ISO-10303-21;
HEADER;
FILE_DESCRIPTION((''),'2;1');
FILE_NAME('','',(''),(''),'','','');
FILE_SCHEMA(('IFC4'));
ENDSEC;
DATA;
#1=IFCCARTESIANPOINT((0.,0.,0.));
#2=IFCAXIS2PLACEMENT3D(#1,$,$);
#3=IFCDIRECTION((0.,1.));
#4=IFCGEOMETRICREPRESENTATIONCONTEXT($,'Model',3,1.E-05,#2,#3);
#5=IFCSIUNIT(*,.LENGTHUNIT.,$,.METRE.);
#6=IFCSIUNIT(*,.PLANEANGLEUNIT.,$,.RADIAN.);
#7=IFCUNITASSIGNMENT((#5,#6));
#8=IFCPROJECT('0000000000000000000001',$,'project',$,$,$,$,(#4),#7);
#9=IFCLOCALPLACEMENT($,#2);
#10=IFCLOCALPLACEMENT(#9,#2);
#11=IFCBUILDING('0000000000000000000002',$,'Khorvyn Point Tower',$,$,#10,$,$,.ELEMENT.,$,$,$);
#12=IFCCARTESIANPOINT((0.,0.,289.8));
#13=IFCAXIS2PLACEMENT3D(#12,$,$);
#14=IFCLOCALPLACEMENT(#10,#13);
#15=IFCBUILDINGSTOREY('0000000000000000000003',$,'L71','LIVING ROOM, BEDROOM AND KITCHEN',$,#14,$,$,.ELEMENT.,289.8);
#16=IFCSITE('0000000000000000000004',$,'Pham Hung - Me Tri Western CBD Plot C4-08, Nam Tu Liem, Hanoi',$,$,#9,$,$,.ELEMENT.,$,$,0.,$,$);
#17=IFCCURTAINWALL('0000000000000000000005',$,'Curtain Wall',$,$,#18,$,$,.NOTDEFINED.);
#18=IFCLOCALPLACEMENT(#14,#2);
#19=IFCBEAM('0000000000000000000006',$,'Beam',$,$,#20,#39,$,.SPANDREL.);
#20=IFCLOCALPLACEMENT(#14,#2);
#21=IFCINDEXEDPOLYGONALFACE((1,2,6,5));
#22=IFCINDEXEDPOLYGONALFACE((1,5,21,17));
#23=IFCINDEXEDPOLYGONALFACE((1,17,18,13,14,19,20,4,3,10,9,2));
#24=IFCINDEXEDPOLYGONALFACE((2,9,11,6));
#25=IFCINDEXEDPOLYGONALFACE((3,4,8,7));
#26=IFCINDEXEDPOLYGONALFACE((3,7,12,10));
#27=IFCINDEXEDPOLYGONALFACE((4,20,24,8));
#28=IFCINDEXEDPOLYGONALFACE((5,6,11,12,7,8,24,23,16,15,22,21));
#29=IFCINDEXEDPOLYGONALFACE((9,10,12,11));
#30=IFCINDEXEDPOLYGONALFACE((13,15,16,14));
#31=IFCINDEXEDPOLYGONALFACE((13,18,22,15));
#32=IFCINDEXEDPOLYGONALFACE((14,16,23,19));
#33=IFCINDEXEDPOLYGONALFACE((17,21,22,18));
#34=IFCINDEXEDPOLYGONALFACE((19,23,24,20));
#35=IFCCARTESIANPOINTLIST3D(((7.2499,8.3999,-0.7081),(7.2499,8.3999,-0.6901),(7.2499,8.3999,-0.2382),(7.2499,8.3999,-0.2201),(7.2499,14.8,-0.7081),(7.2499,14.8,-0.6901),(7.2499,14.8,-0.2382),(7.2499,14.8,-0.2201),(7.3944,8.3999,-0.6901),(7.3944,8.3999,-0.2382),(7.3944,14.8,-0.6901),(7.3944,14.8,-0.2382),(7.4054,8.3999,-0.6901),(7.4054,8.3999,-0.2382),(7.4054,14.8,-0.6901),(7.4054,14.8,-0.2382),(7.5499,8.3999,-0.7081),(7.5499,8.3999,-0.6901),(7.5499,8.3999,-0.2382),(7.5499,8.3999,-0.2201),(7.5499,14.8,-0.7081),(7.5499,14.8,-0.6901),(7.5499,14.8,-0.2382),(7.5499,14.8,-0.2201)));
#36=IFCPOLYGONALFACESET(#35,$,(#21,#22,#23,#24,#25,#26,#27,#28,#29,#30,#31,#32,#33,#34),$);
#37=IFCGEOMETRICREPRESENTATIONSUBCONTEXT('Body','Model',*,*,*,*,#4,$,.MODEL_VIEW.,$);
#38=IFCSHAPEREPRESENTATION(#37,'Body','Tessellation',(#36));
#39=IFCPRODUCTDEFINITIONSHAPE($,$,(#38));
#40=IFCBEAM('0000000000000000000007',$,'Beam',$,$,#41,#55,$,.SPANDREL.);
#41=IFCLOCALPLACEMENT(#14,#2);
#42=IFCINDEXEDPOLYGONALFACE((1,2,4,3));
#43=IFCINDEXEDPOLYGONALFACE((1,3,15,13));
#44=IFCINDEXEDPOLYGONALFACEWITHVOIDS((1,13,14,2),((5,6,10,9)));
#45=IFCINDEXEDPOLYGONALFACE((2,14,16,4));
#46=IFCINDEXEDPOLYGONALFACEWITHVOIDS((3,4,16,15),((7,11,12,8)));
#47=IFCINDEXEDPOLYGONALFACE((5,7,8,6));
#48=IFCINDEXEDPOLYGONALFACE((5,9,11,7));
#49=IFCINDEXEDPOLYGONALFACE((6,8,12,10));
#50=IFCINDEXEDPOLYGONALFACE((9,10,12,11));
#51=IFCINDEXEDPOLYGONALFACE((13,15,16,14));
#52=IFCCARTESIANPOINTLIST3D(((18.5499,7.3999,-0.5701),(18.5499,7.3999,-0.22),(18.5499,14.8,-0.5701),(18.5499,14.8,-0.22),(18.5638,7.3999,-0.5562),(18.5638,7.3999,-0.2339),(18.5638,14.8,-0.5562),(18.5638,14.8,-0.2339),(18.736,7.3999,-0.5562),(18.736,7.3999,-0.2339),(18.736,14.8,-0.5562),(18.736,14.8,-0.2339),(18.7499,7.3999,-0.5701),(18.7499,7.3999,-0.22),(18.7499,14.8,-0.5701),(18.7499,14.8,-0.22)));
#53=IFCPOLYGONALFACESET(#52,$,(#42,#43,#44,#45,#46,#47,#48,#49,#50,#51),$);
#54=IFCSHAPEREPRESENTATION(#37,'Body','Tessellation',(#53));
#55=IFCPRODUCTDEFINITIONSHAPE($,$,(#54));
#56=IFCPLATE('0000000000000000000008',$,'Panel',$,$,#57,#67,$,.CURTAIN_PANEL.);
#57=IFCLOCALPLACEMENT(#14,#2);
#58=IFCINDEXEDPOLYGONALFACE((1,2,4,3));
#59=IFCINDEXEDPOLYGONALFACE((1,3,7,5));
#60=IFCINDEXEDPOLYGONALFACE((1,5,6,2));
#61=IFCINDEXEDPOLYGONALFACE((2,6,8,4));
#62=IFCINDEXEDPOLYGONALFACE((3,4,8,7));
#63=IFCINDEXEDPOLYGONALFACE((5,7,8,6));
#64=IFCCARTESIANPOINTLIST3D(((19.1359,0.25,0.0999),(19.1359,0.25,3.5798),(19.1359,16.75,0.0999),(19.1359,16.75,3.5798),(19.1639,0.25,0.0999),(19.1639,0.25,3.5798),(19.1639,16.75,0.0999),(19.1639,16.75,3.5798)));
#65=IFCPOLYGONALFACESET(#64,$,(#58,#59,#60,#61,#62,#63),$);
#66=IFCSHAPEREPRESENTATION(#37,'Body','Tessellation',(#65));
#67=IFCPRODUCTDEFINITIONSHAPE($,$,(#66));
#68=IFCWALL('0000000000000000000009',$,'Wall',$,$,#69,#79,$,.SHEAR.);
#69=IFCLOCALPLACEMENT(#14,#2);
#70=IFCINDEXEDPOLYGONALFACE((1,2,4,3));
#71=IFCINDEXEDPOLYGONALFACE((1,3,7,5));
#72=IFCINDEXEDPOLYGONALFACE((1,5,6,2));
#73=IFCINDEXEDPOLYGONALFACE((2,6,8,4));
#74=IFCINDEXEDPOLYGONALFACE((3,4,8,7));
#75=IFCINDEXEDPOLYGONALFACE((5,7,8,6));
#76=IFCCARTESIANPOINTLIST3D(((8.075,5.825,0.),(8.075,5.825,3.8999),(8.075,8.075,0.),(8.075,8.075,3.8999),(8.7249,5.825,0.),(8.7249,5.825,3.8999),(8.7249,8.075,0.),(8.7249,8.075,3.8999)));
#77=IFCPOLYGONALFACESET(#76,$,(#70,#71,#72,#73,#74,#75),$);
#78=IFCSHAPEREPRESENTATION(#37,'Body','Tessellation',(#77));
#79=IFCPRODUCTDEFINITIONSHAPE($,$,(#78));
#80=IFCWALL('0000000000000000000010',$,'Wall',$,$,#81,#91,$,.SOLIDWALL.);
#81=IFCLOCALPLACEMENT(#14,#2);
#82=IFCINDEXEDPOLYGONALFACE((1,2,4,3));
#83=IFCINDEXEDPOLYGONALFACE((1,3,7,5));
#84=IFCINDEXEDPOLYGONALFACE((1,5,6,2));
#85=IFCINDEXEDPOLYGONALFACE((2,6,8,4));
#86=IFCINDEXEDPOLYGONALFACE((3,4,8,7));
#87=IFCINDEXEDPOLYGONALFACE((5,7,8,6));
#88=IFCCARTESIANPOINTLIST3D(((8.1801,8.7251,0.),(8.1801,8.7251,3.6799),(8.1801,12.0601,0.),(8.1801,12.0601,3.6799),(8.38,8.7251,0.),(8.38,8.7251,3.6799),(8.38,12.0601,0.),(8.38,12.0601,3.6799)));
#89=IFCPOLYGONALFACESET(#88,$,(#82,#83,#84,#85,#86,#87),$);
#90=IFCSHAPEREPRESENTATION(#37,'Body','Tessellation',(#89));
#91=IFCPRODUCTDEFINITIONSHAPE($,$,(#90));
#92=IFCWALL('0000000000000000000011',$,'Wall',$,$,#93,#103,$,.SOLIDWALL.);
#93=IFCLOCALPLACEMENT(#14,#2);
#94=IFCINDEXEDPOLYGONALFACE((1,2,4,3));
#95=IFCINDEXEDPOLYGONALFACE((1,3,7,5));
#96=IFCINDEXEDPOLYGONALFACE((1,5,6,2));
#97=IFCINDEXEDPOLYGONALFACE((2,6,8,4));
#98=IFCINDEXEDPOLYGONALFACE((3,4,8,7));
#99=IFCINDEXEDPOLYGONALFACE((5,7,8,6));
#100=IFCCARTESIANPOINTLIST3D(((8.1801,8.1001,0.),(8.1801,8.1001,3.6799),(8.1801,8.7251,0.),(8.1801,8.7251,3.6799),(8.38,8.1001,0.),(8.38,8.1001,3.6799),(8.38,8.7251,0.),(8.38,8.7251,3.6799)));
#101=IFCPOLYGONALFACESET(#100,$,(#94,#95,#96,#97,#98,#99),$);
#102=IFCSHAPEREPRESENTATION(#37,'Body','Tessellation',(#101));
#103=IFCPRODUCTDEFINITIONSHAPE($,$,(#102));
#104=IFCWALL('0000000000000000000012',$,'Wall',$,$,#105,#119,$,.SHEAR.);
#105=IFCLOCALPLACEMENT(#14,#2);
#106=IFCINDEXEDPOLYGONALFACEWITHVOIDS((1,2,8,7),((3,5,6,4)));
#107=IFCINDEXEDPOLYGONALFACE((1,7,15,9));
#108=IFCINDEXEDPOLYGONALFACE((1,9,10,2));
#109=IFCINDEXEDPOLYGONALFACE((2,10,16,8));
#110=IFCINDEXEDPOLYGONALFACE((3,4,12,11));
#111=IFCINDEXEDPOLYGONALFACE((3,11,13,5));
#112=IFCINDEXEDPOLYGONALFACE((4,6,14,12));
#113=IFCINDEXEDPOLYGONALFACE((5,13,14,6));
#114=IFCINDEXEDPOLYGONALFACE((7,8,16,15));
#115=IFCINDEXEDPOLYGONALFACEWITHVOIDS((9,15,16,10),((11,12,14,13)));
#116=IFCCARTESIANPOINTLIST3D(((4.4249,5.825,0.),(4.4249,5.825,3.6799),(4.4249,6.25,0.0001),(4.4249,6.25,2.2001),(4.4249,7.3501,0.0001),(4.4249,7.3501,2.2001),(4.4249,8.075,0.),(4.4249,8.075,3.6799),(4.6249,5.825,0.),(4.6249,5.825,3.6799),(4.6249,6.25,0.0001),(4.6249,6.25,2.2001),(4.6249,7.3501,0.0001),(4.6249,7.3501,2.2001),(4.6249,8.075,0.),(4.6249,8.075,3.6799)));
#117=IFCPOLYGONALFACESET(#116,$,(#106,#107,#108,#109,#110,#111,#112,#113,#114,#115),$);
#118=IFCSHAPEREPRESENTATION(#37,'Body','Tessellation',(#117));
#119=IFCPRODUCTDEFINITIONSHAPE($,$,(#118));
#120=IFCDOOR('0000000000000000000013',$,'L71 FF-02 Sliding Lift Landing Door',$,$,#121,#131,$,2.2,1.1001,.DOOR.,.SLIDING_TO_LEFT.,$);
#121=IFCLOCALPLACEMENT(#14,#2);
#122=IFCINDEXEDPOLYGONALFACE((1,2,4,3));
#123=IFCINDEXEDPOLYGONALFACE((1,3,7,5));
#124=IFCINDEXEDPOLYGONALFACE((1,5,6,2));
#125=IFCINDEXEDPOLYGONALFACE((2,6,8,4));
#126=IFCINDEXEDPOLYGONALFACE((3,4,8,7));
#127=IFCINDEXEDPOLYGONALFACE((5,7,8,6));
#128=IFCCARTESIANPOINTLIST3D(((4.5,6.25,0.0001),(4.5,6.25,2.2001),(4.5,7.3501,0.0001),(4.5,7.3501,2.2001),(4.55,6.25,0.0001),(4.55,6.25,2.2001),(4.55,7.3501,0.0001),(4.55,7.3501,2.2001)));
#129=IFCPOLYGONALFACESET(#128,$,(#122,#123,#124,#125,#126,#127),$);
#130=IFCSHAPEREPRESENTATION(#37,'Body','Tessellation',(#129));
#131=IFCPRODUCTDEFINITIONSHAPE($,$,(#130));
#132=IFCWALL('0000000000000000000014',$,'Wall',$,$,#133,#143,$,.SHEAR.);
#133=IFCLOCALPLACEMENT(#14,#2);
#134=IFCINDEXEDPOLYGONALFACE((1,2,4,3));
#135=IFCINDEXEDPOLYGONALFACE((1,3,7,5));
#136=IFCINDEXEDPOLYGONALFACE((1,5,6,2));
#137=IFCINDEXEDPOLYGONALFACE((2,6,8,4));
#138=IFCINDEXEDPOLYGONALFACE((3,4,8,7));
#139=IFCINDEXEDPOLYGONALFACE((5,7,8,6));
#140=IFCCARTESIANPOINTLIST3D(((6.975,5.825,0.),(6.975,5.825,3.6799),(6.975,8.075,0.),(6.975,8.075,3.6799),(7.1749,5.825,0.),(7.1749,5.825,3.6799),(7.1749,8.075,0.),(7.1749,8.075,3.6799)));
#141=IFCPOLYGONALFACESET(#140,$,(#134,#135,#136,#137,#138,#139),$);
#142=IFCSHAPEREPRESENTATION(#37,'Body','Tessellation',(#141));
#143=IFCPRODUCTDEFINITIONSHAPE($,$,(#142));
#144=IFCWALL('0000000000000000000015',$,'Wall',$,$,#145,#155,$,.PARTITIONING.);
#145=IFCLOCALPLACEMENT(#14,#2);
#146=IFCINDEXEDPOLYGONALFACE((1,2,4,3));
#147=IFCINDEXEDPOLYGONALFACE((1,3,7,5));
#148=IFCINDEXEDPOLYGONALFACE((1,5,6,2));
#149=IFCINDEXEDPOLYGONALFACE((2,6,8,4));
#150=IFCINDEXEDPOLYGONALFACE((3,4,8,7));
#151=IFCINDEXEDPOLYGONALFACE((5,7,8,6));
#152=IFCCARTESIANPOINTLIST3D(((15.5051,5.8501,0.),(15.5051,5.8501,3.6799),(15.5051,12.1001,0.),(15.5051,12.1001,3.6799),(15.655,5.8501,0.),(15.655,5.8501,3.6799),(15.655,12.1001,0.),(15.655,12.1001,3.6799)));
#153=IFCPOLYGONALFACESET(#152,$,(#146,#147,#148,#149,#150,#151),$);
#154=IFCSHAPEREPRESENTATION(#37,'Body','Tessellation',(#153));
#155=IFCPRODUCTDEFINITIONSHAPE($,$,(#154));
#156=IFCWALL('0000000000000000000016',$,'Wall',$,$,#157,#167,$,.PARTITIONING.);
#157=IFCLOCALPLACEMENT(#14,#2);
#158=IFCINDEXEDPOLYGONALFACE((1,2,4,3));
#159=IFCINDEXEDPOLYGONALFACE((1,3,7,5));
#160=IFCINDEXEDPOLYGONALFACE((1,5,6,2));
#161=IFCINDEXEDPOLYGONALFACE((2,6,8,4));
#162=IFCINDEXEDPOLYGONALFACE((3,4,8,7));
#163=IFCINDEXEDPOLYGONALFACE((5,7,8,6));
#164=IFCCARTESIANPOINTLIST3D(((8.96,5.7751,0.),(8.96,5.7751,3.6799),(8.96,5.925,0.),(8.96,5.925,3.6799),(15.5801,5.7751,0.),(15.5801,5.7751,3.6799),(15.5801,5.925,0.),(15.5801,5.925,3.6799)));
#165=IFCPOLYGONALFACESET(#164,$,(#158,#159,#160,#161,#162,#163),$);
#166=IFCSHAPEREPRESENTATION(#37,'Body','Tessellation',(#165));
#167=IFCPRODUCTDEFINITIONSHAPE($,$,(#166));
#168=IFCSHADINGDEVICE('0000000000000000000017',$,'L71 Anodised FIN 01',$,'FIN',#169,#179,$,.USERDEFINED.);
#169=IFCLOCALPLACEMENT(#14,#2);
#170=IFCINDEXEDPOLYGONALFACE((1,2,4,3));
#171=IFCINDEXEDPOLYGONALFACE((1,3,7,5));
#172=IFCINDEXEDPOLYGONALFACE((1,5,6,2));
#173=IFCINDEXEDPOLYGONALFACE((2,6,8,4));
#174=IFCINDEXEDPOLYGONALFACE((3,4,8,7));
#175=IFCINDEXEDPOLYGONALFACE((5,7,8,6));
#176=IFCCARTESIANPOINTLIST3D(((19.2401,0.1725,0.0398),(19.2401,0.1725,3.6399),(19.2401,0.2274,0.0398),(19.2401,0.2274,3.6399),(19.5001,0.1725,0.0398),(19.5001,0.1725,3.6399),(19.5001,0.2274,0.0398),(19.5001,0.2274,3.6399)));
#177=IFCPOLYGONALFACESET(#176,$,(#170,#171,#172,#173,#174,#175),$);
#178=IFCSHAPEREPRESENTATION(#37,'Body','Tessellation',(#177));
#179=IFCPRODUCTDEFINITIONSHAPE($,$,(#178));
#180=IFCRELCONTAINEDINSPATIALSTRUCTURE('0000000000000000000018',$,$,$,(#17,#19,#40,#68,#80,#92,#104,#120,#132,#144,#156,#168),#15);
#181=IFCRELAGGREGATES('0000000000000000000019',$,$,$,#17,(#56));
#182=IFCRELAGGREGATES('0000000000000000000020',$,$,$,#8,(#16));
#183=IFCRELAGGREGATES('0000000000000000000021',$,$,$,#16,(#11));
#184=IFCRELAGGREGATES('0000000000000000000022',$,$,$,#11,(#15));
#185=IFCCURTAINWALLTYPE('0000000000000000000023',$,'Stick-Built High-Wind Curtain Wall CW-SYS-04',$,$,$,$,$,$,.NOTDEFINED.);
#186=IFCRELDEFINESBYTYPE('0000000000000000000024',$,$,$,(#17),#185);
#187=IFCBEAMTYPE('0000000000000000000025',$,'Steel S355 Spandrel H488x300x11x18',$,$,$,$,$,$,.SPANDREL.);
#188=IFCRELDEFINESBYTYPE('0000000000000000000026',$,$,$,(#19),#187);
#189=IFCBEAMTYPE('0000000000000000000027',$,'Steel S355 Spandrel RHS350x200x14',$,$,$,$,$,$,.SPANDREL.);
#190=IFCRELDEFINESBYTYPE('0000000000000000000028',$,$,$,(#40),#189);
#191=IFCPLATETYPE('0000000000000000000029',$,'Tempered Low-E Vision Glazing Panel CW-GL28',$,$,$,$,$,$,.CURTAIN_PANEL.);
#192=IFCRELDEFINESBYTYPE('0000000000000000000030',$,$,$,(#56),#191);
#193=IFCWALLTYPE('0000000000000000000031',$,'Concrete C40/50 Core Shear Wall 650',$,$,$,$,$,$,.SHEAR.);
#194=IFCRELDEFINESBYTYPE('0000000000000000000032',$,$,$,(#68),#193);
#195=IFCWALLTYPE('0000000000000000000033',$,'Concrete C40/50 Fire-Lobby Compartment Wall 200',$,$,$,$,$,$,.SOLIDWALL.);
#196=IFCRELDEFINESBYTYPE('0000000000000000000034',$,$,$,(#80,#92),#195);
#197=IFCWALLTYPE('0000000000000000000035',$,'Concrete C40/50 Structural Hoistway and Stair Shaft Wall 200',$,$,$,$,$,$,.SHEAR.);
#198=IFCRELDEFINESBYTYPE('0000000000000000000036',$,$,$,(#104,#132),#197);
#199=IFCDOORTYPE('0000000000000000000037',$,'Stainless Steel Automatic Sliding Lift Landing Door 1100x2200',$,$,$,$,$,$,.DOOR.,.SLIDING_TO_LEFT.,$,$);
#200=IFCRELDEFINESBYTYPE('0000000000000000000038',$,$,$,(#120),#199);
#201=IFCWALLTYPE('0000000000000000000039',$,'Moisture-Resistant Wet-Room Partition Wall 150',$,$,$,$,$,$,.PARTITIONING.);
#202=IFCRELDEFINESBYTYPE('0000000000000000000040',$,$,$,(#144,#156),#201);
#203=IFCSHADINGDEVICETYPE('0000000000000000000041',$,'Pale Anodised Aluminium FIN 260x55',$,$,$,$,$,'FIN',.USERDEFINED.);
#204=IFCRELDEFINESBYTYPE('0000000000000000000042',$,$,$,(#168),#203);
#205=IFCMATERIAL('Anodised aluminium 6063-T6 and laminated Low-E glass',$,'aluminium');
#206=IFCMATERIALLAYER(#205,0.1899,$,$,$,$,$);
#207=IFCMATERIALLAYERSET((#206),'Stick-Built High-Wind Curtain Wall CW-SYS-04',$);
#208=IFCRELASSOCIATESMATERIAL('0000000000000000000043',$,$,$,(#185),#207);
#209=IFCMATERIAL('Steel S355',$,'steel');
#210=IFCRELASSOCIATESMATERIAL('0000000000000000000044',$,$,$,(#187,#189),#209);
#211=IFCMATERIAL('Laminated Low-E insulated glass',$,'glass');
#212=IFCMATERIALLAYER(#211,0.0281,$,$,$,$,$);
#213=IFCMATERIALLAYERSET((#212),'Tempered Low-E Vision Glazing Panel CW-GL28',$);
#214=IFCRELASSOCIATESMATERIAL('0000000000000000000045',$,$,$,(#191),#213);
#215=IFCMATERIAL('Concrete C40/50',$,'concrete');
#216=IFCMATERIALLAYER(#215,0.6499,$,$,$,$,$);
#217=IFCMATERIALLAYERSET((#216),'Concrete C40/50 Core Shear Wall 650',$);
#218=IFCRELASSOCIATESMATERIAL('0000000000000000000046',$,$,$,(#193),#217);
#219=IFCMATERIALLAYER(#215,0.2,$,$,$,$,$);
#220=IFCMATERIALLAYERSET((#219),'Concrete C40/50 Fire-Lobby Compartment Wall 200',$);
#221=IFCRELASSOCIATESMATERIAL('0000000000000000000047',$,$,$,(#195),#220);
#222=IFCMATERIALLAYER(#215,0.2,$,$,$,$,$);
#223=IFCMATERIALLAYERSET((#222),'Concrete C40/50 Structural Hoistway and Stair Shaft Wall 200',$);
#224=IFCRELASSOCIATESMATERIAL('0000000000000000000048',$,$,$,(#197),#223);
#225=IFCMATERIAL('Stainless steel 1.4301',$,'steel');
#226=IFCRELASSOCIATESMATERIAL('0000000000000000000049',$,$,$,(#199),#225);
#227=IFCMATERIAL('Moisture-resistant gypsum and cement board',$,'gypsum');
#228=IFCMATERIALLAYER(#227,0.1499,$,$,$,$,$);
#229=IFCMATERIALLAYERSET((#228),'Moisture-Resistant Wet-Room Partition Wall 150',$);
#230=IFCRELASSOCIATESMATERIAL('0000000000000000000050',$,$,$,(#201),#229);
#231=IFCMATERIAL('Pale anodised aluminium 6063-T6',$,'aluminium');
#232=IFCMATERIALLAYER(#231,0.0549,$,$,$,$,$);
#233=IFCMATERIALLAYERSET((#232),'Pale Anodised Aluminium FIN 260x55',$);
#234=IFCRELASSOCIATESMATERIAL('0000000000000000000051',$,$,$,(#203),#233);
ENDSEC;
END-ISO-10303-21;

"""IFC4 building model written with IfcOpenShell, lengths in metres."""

from ifc_helpers import new_model, si_unit, direction, frame, frame_2d, origin, origin_2d, place, context, subcontext, project, spatial, rectangle, hollow_rectangle, i_section, extrude, material, layer, layer_set, material_profile, profile_set, type_object, element, fill, aggregate, save


model = new_model("IFC4")

# Units and contexts
model_context = context("Model", 3, precision=1e-05, world=origin(), true_north=direction((0.0, 1.0)))
body_context = subcontext(model_context, "Body", "Model", "MODEL_VIEW")
ifc_project = project(units=[si_unit("LENGTHUNIT", "METRE"), si_unit("PLANEANGLEUNIT", "RADIAN")], contexts=[model_context])

# Site, building, storey
site_placement = place(None, origin())
site = spatial("IfcSite", under=ifc_project, at=site_placement, Name="Pham Hung - Me Tri Western CBD Plot C4-08, Nam Tu Liem, Hanoi", CompositionType="ELEMENT", RefElevation=0.0)
building_placement = place(site_placement, origin())
building = spatial("IfcBuilding", under=site, at=building_placement, Name="Khorvyn Point Tower", CompositionType="ELEMENT")
storey_placement = place(building_placement, frame((0.0, 0.0, 289.8)))
storey = spatial("IfcBuildingStorey", under=building, at=storey_placement, Name="L71", Description="LIVING ROOM, BEDROOM AND KITCHEN", CompositionType="ELEMENT", Elevation=289.8)

# Shared definitions
ifc_material_1 = material(Name="Concrete C40/50", Category="concrete")
ifc_material_2 = material(Name="Steel S355", Category="steel")

# Curtain wall
ifc_material_3 = material(Name="Anodised aluminium 6063-T6 and laminated Low-E glass", Category="aluminium")
ifc_layer_1 = layer(ifc_material_3, 0.1899)
ifc_layer_set_1 = layer_set([ifc_layer_1], Name="Stick-Built High-Wind Curtain Wall CW-SYS-04")
curtain_wall_type = type_object("IfcCurtainWallType", Name="Stick-Built High-Wind Curtain Wall CW-SYS-04", PredefinedType="NOTDEFINED", material=ifc_layer_set_1)
curtain_wall_placement = place(storey_placement, origin())
curtain_wall = element("IfcCurtainWall", 1, at=curtain_wall_placement, inside=storey, type_object=curtain_wall_type, Name="Curtain Wall", PredefinedType="NOTDEFINED")

# Beams
ifc_material_profile_1 = material_profile(ifc_material_2, i_section(OverallWidth=0.3, OverallDepth=0.488, WebThickness=0.011, FlangeThickness=0.0181, at=origin_2d()))
ifc_profile_set_1 = profile_set([ifc_material_profile_1], Name="Steel S355 H488x300x11x18")
beam_type_1 = type_object("IfcBeamType", Name="Steel S355 Spandrel H488x300x11x18", PredefinedType="SPANDREL", material=ifc_profile_set_1)
beam_1_placement = place(storey_placement, frame((7.3999, 8.3999, -0.4641), z_axis=(0.0, 1.0, 0.0), x_axis=(-1.0, 0.0, 0.0)))
element("IfcBeam", 2, at=beam_1_placement, inside=storey, type_object=beam_type_1, Name="Beam", PredefinedType="SPANDREL", context=body_context, shape_type="SweptSolid", body=[
    extrude(i_section(OverallWidth=0.3, OverallDepth=0.488, WebThickness=0.011, FlangeThickness=0.0181, at=origin_2d()), origin(), (0.0, 0.0, 1.0), 6.4001),
])
ifc_material_profile_2 = material_profile(ifc_material_2, hollow_rectangle(XDim=0.2, YDim=0.3501, WallThickness=0.0139, at=origin_2d()))
ifc_profile_set_2 = profile_set([ifc_material_profile_2], Name="Steel S355 RHS350x200x14")
beam_type_2 = type_object("IfcBeamType", Name="Steel S355 Spandrel RHS350x200x14", PredefinedType="SPANDREL", material=ifc_profile_set_2)
beam_2_placement = place(storey_placement, frame((18.6499, 7.3999, -0.395), z_axis=(0.0, 1.0, 0.0), x_axis=(-1.0, 0.0, 0.0)))
element("IfcBeam", 3, at=beam_2_placement, inside=storey, type_object=beam_type_2, Name="Beam", PredefinedType="SPANDREL", context=body_context, shape_type="SweptSolid", body=[
    extrude(hollow_rectangle(XDim=0.2, YDim=0.3501, WallThickness=0.0139, at=origin_2d()), origin(), (0.0, 0.0, 1.0), 7.4001),
])

# Plate
ifc_material_4 = material(Name="Laminated Low-E insulated glass", Category="glass")
ifc_layer_2 = layer(ifc_material_4, 0.0281)
ifc_layer_set_2 = layer_set([ifc_layer_2], Name="Tempered Low-E Vision Glazing Panel CW-GL28")
plate_type = type_object("IfcPlateType", Name="Tempered Low-E Vision Glazing Panel CW-GL28", PredefinedType="CURTAIN_PANEL", material=ifc_layer_set_2)
plate_placement = place(storey_placement, frame((19.1499, 8.5, 0.0999), z_axis=(0.0, 0.0, 1.0), x_axis=(0.0, -1.0, 0.0)))
plate = element("IfcPlate", 4, at=plate_placement, type_object=plate_type, Name="Panel", PredefinedType="CURTAIN_PANEL", context=body_context, shape_type="SweptSolid", body=[
    extrude(rectangle(XDim=16.5, YDim=0.0281, at=origin_2d()), origin(), (0.0, 0.0, 1.0), 3.48),
])
aggregate(curtain_wall, [plate])

# Wall
ifc_layer_3 = layer(ifc_material_1, 0.6499)
ifc_layer_set_3 = layer_set([ifc_layer_3], Name="Concrete C40/50 Core Shear Wall 650")
wall_type_1 = type_object("IfcWallType", Name="Concrete C40/50 Core Shear Wall 650", PredefinedType="SHEAR", material=ifc_layer_set_3)
wall_1_placement = place(storey_placement, frame((8.3999, 5.825, 0.0), z_axis=(0.0, 0.0, 1.0), x_axis=(0.0, 1.0, 0.0)))
element("IfcWall", 5, at=wall_1_placement, inside=storey, type_object=wall_type_1, Name="Wall", PredefinedType="SHEAR", context=body_context, shape_type="SweptSolid", body=[
    extrude(rectangle(XDim=2.25, YDim=0.6499, at=frame_2d((1.125, 0.0))), origin(), (0.0, 0.0, 1.0), 3.8999),
])

# Shared definitions
ifc_layer_4 = layer(ifc_material_1, 0.2)
ifc_layer_set_4 = layer_set([ifc_layer_4], Name="Concrete C40/50 Fire-Lobby Compartment Wall 200")
wall_type_2 = type_object("IfcWallType", Name="Concrete C40/50 Fire-Lobby Compartment Wall 200", PredefinedType="SOLIDWALL", material=ifc_layer_set_4)

# Walls
wall_2_placement = place(storey_placement, frame((8.28, 8.7251, 0.0), z_axis=(0.0, 0.0, 1.0), x_axis=(0.0, 1.0, 0.0)))
element("IfcWall", 6, at=wall_2_placement, inside=storey, type_object=wall_type_2, Name="Wall", PredefinedType="SOLIDWALL", context=body_context, shape_type="SweptSolid", body=[
    extrude(rectangle(XDim=3.335, YDim=0.2, at=frame_2d((1.6675, 0.0))), origin(), (0.0, 0.0, 1.0), 3.6799),
])
wall_3_placement = place(storey_placement, frame((8.28, 8.1001, 0.0), z_axis=(0.0, 0.0, 1.0), x_axis=(0.0, 1.0, 0.0)))
element("IfcWall", 7, at=wall_3_placement, inside=storey, type_object=wall_type_2, Name="Wall", PredefinedType="SOLIDWALL", context=body_context, shape_type="SweptSolid", body=[
    extrude(rectangle(XDim=0.625, YDim=0.2, at=frame_2d((0.3125, 0.0))), origin(), (0.0, 0.0, 1.0), 3.6799),
])

# Wall, opening, door
ifc_layer_5 = layer(ifc_material_1, 0.2)
ifc_layer_set_5 = layer_set([ifc_layer_5], Name="Concrete C40/50 Structural Hoistway and Stair Shaft Wall 200")
wall_type_3 = type_object("IfcWallType", Name="Concrete C40/50 Structural Hoistway and Stair Shaft Wall 200", PredefinedType="SHEAR", material=ifc_layer_set_5)
wall_4_placement = place(storey_placement, frame((4.5249, 5.825, 0.0), z_axis=(0.0, 0.0, 1.0), x_axis=(0.0, 1.0, 0.0)))
wall_4 = element("IfcWall", 8, at=wall_4_placement, inside=storey, type_object=wall_type_3, Name="Wall", PredefinedType="SHEAR", context=body_context, shape_type="SweptSolid", body=[
    extrude(rectangle(XDim=2.25, YDim=0.2, at=frame_2d((1.125, 0.0))), origin(), (0.0, 0.0, 1.0), 3.6799),
])
opening_1_placement = place(wall_4_placement, frame((0.425, 0.0, 0.0)))
opening_1 = element("IfcOpeningElement", 9, at=opening_1_placement, cuts=wall_4, PredefinedType="OPENING", context=body_context, shape_type="SweptSolid", body=[
    extrude(rectangle(XDim=1.1001, YDim=2.2, at=frame_2d((0.55, 1.1001))), frame((0.0, 0.1099, 0.0), z_axis=(0.0, -1.0, 0.0), x_axis=(1.0, 0.0, 0.0)), (0.0, 0.0, 1.0), 0.22),
])
ifc_material_5 = material(Name="Stainless steel 1.4301", Category="steel")
door_type_1 = type_object("IfcDoorType", Name="Stainless Steel Automatic Sliding Lift Landing Door 1100x2200", OperationType="SLIDING_TO_LEFT", PredefinedType="DOOR", material=ifc_material_5)
door_1_placement = place(opening_1_placement, origin())
door_1 = element("IfcDoor", 10, at=door_1_placement, inside=storey, type_object=door_type_1, Name="L71 FF-02 Sliding Lift Landing Door", OperationType="SLIDING_TO_LEFT", OverallHeight=2.2, OverallWidth=1.1001, PredefinedType="DOOR", context=body_context, shape_type="SweptSolid", body=[
    extrude(rectangle(XDim=1.1001, YDim=2.2, at=frame_2d((0.55, 1.1001))), frame((0.0, 0.0249, 0.0), z_axis=(0.0, -1.0, 0.0), x_axis=(1.0, 0.0, 0.0)), (0.0, 0.0, 1.0), 0.05),
])
fill(opening_1, door_1)

# Walls
wall_5_placement = place(storey_placement, frame((7.075, 5.825, 0.0), z_axis=(0.0, 0.0, 1.0), x_axis=(0.0, 1.0, 0.0)))
element("IfcWall", 11, at=wall_5_placement, inside=storey, type_object=wall_type_3, Name="Wall", PredefinedType="SHEAR", context=body_context, shape_type="SweptSolid", body=[
    extrude(rectangle(XDim=2.25, YDim=0.2, at=frame_2d((1.125, 0.0))), origin(), (0.0, 0.0, 1.0), 3.6799),
])
ifc_material_6 = material(Name="Moisture-resistant gypsum and cement board", Category="gypsum")
ifc_layer_6 = layer(ifc_material_6, 0.1499)
ifc_layer_set_6 = layer_set([ifc_layer_6], Name="Moisture-Resistant Wet-Room Partition Wall 150")
wall_type_4 = type_object("IfcWallType", Name="Moisture-Resistant Wet-Room Partition Wall 150", PredefinedType="PARTITIONING", material=ifc_layer_set_6)
wall_6_placement = place(storey_placement, frame((15.5801, 5.8501, 0.0), z_axis=(0.0, 0.0, 1.0), x_axis=(0.0, 1.0, 0.0)))
element("IfcWall", 12, at=wall_6_placement, inside=storey, type_object=wall_type_4, Name="Wall", PredefinedType="PARTITIONING", context=body_context, shape_type="SweptSolid", body=[
    extrude(rectangle(XDim=6.25, YDim=0.1499, at=frame_2d((3.125, 0.0))), origin(), (0.0, 0.0, 1.0), 3.6799),
])
wall_7_placement = place(storey_placement, frame((8.96, 5.8501, 0.0), z_axis=(0.0, 0.0, 1.0), x_axis=(1.0, 0.0, 0.0)))
element("IfcWall", 13, at=wall_7_placement, inside=storey, type_object=wall_type_4, Name="Wall", PredefinedType="PARTITIONING", context=body_context, shape_type="SweptSolid", body=[
    extrude(rectangle(XDim=6.6201, YDim=0.1499, at=frame_2d((3.3101, 0.0))), origin(), (0.0, 0.0, 1.0), 3.6799),
])

# Shading device
ifc_material_7 = material(Name="Pale anodised aluminium 6063-T6", Category="aluminium")
ifc_layer_7 = layer(ifc_material_7, 0.0549)
ifc_layer_set_7 = layer_set([ifc_layer_7], Name="Pale Anodised Aluminium FIN 260x55")
shading_device_type = type_object("IfcShadingDeviceType", Name="Pale Anodised Aluminium FIN 260x55", ElementType="FIN", PredefinedType="USERDEFINED", material=ifc_layer_set_7)
shading_device_placement = place(storey_placement, frame((19.3701, 0.2, 0.0398), z_axis=(0.0, 0.0, 1.0), x_axis=(1.0, 0.0, 0.0)))
element("IfcShadingDevice", 14, at=shading_device_placement, inside=storey, type_object=shading_device_type, Name="L71 Anodised FIN 01", ObjectType="FIN", PredefinedType="USERDEFINED", context=body_context, shape_type="SweptSolid", body=[
    extrude(rectangle(XDim=0.26, YDim=0.0549, at=origin_2d()), origin(), (0.0, 0.0, 1.0), 3.6001),
])

save(model, "model.ifc")
